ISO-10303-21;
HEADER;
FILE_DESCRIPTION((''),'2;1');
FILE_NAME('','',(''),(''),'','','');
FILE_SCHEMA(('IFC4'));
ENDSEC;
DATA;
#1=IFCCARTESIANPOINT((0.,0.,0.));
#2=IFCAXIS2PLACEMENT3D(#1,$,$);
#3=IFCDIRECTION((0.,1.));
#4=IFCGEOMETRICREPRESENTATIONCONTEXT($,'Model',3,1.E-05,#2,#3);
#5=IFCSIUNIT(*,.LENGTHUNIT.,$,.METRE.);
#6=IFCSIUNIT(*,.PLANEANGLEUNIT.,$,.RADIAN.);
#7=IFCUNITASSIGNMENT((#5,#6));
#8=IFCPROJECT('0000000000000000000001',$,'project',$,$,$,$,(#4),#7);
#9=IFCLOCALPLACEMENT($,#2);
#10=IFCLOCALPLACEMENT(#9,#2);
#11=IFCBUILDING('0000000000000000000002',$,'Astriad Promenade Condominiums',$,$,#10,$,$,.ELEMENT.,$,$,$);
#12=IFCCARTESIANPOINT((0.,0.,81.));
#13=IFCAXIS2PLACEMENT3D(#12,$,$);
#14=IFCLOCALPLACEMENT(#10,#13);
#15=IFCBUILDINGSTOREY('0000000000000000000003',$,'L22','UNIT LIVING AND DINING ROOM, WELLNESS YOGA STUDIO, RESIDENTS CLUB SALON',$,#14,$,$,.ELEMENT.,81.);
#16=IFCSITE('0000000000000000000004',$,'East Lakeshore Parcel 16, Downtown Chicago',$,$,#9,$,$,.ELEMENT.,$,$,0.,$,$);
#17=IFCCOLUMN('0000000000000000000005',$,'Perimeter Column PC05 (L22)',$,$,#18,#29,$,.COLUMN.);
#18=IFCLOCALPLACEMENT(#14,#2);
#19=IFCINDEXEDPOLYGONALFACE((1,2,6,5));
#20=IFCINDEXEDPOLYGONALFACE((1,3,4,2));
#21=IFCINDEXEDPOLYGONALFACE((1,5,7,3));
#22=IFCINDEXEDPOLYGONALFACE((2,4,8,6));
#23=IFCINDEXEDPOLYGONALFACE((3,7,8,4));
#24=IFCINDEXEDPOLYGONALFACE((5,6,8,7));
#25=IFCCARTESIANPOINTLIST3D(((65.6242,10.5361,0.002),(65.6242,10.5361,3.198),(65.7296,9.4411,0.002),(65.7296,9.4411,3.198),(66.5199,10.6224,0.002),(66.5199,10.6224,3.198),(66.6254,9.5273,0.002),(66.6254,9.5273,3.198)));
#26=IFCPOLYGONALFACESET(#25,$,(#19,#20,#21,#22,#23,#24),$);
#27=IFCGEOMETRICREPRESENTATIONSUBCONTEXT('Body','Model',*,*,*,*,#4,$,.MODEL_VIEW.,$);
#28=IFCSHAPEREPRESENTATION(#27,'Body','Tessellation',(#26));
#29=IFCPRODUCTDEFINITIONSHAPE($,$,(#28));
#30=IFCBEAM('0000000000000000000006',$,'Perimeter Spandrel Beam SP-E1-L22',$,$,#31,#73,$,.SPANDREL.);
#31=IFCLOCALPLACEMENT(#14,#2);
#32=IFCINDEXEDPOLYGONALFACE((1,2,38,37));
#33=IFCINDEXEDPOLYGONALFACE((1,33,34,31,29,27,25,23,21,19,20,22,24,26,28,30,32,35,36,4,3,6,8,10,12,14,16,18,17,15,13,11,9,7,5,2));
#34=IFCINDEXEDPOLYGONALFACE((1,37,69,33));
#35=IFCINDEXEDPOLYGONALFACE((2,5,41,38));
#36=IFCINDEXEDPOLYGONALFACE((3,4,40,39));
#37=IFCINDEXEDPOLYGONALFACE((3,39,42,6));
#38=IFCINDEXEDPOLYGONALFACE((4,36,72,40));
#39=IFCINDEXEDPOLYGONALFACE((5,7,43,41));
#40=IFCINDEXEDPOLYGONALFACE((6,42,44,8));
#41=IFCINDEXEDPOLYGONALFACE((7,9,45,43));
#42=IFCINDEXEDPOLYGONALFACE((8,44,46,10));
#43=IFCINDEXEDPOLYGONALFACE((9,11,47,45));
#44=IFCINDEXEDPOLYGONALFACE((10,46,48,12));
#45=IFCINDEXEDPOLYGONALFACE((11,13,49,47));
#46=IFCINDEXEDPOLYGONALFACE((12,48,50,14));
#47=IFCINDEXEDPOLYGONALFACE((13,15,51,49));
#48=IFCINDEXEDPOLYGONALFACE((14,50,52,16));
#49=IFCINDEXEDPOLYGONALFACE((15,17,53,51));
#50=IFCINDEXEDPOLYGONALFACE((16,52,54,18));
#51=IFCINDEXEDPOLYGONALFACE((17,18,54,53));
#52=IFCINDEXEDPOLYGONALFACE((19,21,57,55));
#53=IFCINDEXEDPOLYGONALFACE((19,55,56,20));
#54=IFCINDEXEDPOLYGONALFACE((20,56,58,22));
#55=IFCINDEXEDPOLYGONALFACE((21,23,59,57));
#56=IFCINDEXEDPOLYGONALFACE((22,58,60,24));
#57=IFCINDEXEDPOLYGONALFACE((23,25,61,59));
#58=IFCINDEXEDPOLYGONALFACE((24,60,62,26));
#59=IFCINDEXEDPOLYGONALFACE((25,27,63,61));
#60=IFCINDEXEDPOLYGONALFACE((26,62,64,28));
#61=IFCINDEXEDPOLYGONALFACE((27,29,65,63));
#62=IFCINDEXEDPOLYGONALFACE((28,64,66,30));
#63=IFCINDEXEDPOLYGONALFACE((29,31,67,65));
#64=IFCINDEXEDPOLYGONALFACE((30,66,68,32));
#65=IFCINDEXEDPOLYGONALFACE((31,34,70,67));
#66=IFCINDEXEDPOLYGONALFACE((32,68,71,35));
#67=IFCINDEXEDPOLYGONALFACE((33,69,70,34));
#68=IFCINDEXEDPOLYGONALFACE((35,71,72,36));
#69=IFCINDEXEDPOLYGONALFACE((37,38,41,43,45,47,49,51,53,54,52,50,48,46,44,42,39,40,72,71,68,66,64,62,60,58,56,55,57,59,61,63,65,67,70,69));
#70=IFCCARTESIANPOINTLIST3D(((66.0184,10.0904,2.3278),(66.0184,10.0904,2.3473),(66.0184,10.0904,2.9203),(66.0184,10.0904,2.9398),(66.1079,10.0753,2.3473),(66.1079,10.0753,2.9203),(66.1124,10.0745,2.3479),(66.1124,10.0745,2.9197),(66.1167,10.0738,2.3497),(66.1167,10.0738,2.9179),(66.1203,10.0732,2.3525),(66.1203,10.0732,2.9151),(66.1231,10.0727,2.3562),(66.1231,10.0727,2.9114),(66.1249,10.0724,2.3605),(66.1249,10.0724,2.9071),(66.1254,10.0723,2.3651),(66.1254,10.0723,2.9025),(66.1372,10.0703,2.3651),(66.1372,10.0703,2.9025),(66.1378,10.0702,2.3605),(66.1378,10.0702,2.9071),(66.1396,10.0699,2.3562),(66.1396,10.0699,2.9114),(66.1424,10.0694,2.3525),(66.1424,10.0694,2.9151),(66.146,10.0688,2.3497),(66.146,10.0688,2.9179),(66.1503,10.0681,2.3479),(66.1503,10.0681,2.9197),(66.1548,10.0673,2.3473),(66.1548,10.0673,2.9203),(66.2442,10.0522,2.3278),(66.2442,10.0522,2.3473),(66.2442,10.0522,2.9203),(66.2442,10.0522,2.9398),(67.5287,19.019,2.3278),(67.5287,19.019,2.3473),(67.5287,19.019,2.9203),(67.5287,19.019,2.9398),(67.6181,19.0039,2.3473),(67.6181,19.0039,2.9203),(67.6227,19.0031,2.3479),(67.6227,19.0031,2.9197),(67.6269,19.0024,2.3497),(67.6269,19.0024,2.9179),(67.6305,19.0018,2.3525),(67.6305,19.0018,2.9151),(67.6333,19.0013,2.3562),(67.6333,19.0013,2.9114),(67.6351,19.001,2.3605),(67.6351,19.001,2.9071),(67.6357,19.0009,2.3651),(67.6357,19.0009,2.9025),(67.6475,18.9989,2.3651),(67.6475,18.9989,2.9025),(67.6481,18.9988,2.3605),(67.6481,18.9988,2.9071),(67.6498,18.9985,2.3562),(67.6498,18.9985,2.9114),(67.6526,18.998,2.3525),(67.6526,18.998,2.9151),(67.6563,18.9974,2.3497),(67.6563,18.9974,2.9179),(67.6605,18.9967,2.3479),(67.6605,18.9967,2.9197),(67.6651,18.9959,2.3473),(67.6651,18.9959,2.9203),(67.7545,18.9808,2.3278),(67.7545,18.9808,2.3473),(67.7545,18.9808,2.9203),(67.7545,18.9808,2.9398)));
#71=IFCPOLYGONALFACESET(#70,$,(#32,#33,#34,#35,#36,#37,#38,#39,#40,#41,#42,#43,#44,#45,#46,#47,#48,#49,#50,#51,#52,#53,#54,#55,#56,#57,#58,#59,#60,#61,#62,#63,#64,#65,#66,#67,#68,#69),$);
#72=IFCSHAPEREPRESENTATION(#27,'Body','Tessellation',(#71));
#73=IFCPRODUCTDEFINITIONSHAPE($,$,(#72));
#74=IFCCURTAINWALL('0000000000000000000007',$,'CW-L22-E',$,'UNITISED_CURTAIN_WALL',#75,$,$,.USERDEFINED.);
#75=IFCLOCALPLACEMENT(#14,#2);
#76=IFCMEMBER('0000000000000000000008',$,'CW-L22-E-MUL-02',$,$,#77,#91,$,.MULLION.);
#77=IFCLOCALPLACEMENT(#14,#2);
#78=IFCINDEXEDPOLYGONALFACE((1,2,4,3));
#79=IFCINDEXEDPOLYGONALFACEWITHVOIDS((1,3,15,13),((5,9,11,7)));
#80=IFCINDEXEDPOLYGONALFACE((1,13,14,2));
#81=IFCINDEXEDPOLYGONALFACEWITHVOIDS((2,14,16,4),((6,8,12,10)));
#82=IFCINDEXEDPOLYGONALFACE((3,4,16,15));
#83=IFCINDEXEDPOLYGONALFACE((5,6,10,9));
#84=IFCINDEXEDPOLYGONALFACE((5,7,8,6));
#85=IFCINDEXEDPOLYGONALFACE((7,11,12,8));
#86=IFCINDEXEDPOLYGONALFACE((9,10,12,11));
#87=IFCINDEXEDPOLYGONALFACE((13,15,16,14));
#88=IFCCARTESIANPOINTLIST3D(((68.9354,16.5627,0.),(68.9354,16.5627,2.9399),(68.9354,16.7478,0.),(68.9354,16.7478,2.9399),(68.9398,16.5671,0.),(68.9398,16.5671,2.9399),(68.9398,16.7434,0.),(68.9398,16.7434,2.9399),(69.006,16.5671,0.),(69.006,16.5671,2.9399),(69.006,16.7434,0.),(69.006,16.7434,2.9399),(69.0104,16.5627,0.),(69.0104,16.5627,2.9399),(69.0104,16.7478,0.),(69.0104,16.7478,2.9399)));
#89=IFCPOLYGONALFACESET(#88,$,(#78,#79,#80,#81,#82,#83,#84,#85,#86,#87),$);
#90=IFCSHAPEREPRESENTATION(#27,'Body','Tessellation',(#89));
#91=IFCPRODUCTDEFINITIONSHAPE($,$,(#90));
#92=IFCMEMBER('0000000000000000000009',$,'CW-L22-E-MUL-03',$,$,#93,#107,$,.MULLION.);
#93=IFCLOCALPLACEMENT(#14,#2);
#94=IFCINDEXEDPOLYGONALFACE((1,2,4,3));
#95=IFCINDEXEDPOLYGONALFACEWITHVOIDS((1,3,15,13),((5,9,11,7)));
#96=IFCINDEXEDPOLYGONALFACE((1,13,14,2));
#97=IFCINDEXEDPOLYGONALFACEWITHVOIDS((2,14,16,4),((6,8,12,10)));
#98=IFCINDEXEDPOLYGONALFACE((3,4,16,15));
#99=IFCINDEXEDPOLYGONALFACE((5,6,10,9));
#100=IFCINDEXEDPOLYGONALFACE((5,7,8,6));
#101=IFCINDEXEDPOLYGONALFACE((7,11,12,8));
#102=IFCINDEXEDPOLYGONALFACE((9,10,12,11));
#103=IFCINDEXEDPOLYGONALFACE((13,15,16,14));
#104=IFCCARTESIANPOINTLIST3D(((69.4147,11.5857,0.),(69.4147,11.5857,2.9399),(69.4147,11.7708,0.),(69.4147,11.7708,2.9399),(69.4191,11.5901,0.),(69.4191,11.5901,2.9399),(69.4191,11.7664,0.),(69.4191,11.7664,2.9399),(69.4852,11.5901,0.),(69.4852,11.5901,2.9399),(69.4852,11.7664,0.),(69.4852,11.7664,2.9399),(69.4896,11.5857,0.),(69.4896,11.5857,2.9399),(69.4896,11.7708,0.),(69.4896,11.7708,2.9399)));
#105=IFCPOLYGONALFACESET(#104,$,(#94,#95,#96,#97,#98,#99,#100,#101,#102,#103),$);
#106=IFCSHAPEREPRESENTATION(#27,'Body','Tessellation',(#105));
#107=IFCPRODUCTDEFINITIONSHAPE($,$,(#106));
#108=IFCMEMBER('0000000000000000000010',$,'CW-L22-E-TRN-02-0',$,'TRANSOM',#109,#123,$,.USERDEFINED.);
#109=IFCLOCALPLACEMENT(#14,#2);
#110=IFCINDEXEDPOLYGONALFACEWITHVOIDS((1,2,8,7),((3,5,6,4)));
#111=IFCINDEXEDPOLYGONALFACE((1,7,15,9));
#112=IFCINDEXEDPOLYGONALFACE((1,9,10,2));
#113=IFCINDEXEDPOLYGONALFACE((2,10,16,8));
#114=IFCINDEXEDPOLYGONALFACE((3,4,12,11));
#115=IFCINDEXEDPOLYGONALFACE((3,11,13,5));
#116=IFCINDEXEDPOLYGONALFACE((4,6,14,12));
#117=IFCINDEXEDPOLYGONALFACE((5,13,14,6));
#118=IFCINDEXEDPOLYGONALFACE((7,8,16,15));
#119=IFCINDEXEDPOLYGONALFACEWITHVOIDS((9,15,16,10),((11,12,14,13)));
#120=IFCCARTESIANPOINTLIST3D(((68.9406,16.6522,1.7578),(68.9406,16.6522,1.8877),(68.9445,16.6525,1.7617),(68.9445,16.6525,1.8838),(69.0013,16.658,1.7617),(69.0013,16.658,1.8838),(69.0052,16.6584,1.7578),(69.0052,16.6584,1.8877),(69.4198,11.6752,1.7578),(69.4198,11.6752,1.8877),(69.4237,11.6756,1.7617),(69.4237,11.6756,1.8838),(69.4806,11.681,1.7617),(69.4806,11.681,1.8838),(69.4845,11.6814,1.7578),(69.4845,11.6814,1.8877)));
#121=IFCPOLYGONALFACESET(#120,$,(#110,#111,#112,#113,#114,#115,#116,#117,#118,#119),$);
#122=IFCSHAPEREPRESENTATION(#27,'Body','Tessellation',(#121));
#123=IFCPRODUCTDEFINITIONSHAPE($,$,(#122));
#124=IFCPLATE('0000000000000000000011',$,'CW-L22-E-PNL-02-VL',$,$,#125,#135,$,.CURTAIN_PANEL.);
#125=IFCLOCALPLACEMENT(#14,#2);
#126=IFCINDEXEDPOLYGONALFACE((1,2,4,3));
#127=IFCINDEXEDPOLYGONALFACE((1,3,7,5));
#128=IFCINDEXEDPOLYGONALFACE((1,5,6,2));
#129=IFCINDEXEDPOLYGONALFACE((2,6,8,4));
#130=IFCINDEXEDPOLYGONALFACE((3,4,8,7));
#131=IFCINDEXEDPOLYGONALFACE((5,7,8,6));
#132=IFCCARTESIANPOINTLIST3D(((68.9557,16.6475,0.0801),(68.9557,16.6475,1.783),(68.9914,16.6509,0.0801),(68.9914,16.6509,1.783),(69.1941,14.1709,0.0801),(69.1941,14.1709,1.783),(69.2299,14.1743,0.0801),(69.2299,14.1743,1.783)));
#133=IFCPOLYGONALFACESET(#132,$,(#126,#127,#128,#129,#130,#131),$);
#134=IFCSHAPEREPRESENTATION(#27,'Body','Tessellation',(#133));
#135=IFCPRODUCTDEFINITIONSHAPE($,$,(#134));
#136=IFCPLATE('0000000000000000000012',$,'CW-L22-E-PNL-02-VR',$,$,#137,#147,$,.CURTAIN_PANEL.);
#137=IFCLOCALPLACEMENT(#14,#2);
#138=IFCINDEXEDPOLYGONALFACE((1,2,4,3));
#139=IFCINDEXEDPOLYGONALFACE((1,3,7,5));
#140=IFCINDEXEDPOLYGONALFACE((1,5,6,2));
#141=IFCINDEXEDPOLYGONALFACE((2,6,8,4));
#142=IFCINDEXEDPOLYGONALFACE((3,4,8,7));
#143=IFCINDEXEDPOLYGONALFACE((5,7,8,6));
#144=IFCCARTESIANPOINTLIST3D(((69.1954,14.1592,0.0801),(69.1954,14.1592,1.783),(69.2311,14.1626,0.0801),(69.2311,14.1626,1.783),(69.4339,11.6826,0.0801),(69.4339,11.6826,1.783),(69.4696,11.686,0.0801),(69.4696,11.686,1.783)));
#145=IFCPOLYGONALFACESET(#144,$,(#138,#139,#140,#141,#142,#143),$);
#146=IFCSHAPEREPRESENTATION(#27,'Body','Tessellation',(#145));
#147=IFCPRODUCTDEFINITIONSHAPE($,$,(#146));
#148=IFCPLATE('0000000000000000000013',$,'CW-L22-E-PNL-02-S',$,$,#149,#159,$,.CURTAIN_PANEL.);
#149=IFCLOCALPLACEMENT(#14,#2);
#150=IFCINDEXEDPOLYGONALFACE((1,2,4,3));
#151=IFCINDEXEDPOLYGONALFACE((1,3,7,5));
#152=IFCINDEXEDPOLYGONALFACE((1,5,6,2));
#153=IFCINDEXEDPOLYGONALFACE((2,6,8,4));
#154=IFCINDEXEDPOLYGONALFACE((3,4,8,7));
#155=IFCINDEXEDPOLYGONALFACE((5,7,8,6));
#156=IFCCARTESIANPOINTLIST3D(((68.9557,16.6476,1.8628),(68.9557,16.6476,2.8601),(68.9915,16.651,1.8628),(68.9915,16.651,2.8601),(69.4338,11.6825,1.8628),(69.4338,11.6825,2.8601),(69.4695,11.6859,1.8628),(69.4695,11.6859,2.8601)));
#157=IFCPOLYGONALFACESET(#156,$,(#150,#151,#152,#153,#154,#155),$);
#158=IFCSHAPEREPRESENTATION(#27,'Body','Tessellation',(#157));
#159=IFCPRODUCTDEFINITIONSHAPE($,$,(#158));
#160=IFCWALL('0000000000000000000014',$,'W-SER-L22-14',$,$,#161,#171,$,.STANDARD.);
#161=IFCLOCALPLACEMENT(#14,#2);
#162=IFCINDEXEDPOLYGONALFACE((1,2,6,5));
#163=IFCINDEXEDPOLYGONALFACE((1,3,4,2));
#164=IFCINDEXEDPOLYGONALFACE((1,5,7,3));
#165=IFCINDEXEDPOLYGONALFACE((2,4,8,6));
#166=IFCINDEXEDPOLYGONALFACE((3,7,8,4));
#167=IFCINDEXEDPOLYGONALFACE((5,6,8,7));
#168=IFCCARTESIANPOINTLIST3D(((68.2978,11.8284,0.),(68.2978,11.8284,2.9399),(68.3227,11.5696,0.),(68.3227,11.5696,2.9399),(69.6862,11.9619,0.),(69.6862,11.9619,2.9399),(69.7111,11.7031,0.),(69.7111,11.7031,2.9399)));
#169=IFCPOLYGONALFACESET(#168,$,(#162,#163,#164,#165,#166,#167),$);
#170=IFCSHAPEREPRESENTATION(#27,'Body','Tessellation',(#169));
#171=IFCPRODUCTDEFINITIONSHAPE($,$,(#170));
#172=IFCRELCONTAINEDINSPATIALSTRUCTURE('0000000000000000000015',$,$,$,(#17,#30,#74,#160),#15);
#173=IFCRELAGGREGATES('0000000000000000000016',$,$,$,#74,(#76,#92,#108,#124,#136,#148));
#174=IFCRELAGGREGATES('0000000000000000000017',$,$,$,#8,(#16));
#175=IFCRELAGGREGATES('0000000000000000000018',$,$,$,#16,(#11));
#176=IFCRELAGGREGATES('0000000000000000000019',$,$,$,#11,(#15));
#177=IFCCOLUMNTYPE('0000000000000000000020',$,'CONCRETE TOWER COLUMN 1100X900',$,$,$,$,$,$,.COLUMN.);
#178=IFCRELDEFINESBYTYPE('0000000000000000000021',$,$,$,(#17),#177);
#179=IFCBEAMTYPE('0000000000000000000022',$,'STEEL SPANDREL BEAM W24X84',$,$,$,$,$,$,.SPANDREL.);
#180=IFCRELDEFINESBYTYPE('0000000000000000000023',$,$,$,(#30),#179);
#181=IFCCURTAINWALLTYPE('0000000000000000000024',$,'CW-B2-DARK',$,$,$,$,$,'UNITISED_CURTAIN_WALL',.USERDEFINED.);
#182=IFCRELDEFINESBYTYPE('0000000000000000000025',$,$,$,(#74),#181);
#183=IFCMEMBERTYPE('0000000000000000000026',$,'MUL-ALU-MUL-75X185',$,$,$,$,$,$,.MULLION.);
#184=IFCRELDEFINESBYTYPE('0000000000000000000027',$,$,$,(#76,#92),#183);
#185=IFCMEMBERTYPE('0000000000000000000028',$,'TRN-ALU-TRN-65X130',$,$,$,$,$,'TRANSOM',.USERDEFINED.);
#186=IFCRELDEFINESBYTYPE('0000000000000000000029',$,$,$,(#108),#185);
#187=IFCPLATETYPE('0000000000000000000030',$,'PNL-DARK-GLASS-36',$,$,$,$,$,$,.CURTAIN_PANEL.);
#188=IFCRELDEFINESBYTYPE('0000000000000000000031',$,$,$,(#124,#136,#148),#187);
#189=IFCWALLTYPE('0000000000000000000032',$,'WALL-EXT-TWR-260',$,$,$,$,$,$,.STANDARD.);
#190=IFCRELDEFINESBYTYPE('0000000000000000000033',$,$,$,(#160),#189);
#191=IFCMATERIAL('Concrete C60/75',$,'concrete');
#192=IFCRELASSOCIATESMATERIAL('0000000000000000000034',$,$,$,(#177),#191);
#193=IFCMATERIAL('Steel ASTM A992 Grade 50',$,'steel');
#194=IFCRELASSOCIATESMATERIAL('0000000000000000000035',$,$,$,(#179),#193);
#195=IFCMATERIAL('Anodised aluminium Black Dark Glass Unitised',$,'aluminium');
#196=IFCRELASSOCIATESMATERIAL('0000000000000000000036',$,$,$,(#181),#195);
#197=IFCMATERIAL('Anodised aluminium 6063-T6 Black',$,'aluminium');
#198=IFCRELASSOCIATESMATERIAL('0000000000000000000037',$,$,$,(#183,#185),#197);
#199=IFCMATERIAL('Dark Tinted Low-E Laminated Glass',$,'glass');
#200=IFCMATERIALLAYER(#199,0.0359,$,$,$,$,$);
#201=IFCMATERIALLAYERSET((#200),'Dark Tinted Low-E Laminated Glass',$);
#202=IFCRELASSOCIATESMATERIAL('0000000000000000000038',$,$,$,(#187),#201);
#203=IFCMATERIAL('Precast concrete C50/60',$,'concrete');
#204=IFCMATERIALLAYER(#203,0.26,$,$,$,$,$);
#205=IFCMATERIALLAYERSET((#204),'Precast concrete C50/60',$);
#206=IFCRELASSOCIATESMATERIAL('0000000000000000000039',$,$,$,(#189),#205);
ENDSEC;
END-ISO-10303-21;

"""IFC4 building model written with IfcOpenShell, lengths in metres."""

from ifc_helpers import new_model, si_unit, direction, frame, frame_2d, origin, origin_2d, place, context, subcontext, project, spatial, rectangle, hollow_rectangle, i_section, extrude, source, transform, mapped, material, layer, layer_set, material_profile, profile_set, type_object, type_shapes, element, aggregate, save


model = new_model("IFC4")

# Units and contexts
model_context = context("Model", 3, precision=1e-05, world=origin(), true_north=direction((0.0, 1.0)))
body_context = subcontext(model_context, "Body", "Model", "MODEL_VIEW")
ifc_project = project(units=[si_unit("LENGTHUNIT", "METRE"), si_unit("PLANEANGLEUNIT", "RADIAN")], contexts=[model_context])

# Site, building, storey
site_placement = place(None, origin())
site = spatial("IfcSite", under=ifc_project, at=site_placement, Name="East Lakeshore Parcel 16, Downtown Chicago", CompositionType="ELEMENT", RefElevation=0.0)
building_placement = place(site_placement, origin())
building = spatial("IfcBuilding", under=site, at=building_placement, Name="Astriad Promenade Condominiums", CompositionType="ELEMENT")
storey_placement = place(building_placement, frame((0.0, 0.0, 81.0)))
storey = spatial("IfcBuildingStorey", under=building, at=storey_placement, Name="L22", Description="UNIT LIVING AND DINING ROOM, WELLNESS YOGA STUDIO, RESIDENTS CLUB SALON", CompositionType="ELEMENT", Elevation=81.0)

# Column
ifc_material_1 = material(Name="Concrete C60/75", Category="concrete")
ifc_material_profile_1 = material_profile(ifc_material_1, rectangle(XDim=0.8999, YDim=1.1001, at=origin_2d()), Name="RC-COL-1100X900")
ifc_profile_set_1 = profile_set([ifc_material_profile_1], Name="Concrete C60/75")
column_type = type_object("IfcColumnType", Name="CONCRETE TOWER COLUMN 1100X900", PredefinedType="COLUMN", material=ifc_profile_set_1)
shared_shape_1 = source(origin(), body_context, "Body", "SweptSolid", [
    extrude(rectangle(XDim=0.8999, YDim=1.1001, at=origin_2d()), origin(), (0.0, 0.0, 1.0), 3.196),
])
type_shapes(column_type, [shared_shape_1])
column_placement = place(storey_placement, frame((66.1248, 10.0317, 0.002), z_axis=(0.0, 0.0, 1.0), x_axis=(0.995396, 0.095846, 0.0)))
element("IfcColumn", 1, at=column_placement, inside=storey, type_object=column_type, Name="Perimeter Column PC05 (L22)", PredefinedType="COLUMN", context=body_context, shape_type="MappedRepresentation", body=[
    mapped(shared_shape_1, transform((0.0, 0.0, 0.0), scale=1.0)),
])

# Beam
ifc_material_2 = material(Name="Steel ASTM A992 Grade 50", Category="steel")
ifc_material_profile_2 = material_profile(ifc_material_2, i_section(OverallWidth=0.229, OverallDepth=0.6121, WebThickness=0.012, FlangeThickness=0.0195, FilletRadius=0.0178, at=origin_2d()), Name="W24X84")
ifc_profile_set_2 = profile_set([ifc_material_profile_2], Name="Steel ASTM A992 Grade 50")
beam_type = type_object("IfcBeamType", Name="STEEL SPANDREL BEAM W24X84", PredefinedType="SPANDREL", material=ifc_profile_set_2)
shared_shape_2 = source(origin(), body_context, "Body", "SweptSolid", [
    extrude(i_section(OverallWidth=0.229, OverallDepth=0.6121, WebThickness=0.012, FlangeThickness=0.0195, FilletRadius=0.0178, at=origin_2d()), origin(), (0.0, 0.0, 1.0), 9.0554),
])
type_shapes(beam_type, [shared_shape_2])
beam_placement = place(storey_placement, frame((66.1313, 10.0713, 2.6338), z_axis=(0.166777, 0.985995, 0.0), x_axis=(-0.985995, 0.166777, 0.0)))
element("IfcBeam", 2, at=beam_placement, inside=storey, type_object=beam_type, Name="Perimeter Spandrel Beam SP-E1-L22", PredefinedType="SPANDREL", context=body_context, shape_type="MappedRepresentation", body=[
    mapped(shared_shape_2, transform((0.0, 0.0, 0.0), scale=1.0)),
])

# Curtain wall, members, plates
ifc_material_3 = material(Name="Anodised aluminium Black Dark Glass Unitised", Category="aluminium")
curtain_wall_type = type_object("IfcCurtainWallType", Name="CW-B2-DARK", ElementType="UNITISED_CURTAIN_WALL", PredefinedType="USERDEFINED", material=ifc_material_3)
curtain_wall_placement = place(storey_placement, origin())
curtain_wall = element("IfcCurtainWall", 3, at=curtain_wall_placement, inside=storey, type_object=curtain_wall_type, Name="CW-L22-E", ObjectType="UNITISED_CURTAIN_WALL", PredefinedType="USERDEFINED")
ifc_material_4 = material(Name="Anodised aluminium 6063-T6 Black", Category="aluminium")
ifc_material_profile_3 = material_profile(ifc_material_4, hollow_rectangle(XDim=0.075, YDim=0.1851, WallThickness=0.0044, at=origin_2d()), Name="ALU-MUL-75X185")
ifc_profile_set_3 = profile_set([ifc_material_profile_3], Name="Anodised aluminium 6063-T6 Black")
member_type_1 = type_object("IfcMemberType", Name="MUL-ALU-MUL-75X185", PredefinedType="MULLION", material=ifc_profile_set_3)
shared_shape_3 = source(origin(), body_context, "Body", "SweptSolid", [
    extrude(hollow_rectangle(XDim=0.075, YDim=0.1851, WallThickness=0.0044, at=origin_2d()), origin(), (0.0, 0.0, 1.0), 2.9399),
])
type_shapes(member_type_1, [shared_shape_3])
member_1_placement = place(storey_placement, frame((68.9729, 16.6553, 0.0), z_axis=(0.0, 0.0, 1.0), x_axis=(1.0, 0.0, 0.0)))
member_1 = element("IfcMember", 4, at=member_1_placement, type_object=member_type_1, Name="CW-L22-E-MUL-02", PredefinedType="MULLION", context=body_context, shape_type="MappedRepresentation", body=[
    mapped(shared_shape_3, transform((0.0, 0.0, 0.0), scale=1.0)),
])
member_2_placement = place(storey_placement, frame((69.4521, 11.6782, 0.0), z_axis=(0.0, 0.0, 1.0), x_axis=(1.0, 0.0, 0.0)))
member_2 = element("IfcMember", 5, at=member_2_placement, type_object=member_type_1, Name="CW-L22-E-MUL-03", PredefinedType="MULLION", context=body_context, shape_type="MappedRepresentation", body=[
    mapped(shared_shape_3, transform((0.0, 0.0, 0.0), scale=1.0)),
])
ifc_material_profile_4 = material_profile(ifc_material_4, hollow_rectangle(XDim=0.0649, YDim=0.1299, WallThickness=0.0039, at=origin_2d()), Name="ALU-TRN-65X130")
ifc_profile_set_4 = profile_set([ifc_material_profile_4], Name="Anodised aluminium 6063-T6 Black")
member_type_2 = type_object("IfcMemberType", Name="TRN-ALU-TRN-65X130", ElementType="TRANSOM", PredefinedType="USERDEFINED", material=ifc_profile_set_4)
shared_shape_4 = source(origin(), body_context, "Body", "SweptSolid", [
    extrude(hollow_rectangle(XDim=0.0649, YDim=0.1299, WallThickness=0.0039, at=origin_2d()), origin(), (0.0, 0.0, 1.0), 5.0),
])
type_shapes(member_type_2, [shared_shape_4])
member_3_placement = place(storey_placement, frame((68.9729, 16.6553, 1.8228), z_axis=(0.095848, -0.995396, 0.0), x_axis=(0.995396, 0.095848, 0.0)))
member_3 = element("IfcMember", 6, at=member_3_placement, type_object=member_type_2, Name="CW-L22-E-TRN-02-0", ObjectType="TRANSOM", PredefinedType="USERDEFINED", context=body_context, shape_type="MappedRepresentation", body=[
    mapped(shared_shape_4, transform((0.0, 0.0, 0.0), scale=1.0)),
])
ifc_material_5 = material(Name="Dark Tinted Low-E Laminated Glass", Category="glass")
ifc_layer_1 = layer(ifc_material_5, 0.0359)
ifc_layer_set_1 = layer_set([ifc_layer_1], Name="Dark Tinted Low-E Laminated Glass")
plate_type = type_object("IfcPlateType", Name="PNL-DARK-GLASS-36", PredefinedType="CURTAIN_PANEL", material=ifc_layer_set_1)
shared_shape_5 = source(origin(), body_context, "Body", "SweptSolid", [
    extrude(rectangle(XDim=2.488, YDim=0.0359, at=origin_2d()), origin(), (0.0, 0.0, 1.0), 1.7029),
])
plate_1_placement = place(storey_placement, frame((69.0928, 15.4109, 0.0801), z_axis=(0.0, 0.0, 1.0), x_axis=(0.095846, -0.995396, 0.0)))
plate_1 = element("IfcPlate", 7, at=plate_1_placement, type_object=plate_type, Name="CW-L22-E-PNL-02-VL", PredefinedType="CURTAIN_PANEL", context=body_context, shape_type="MappedRepresentation", body=[
    mapped(shared_shape_5, transform((0.0, 0.0, 0.0), scale=1.0)),
])
plate_2_placement = place(storey_placement, frame((69.3325, 12.9226, 0.0801), z_axis=(0.0, 0.0, 1.0), x_axis=(0.095846, -0.995396, 0.0)))
plate_2 = element("IfcPlate", 8, at=plate_2_placement, type_object=plate_type, Name="CW-L22-E-PNL-02-VR", PredefinedType="CURTAIN_PANEL", context=body_context, shape_type="MappedRepresentation", body=[
    mapped(shared_shape_5, transform((0.0, 0.0, 0.0), scale=1.0)),
])
shared_shape_6 = source(origin(), body_context, "Body", "SweptSolid", [
    extrude(rectangle(XDim=4.988, YDim=0.0359, at=origin_2d()), origin(), (0.0, 0.0, 1.0), 0.9973),
])
type_shapes(plate_type, [shared_shape_5, shared_shape_6])
plate_3_placement = place(storey_placement, frame((69.2126, 14.1667, 1.8628), z_axis=(0.0, 0.0, 1.0), x_axis=(0.095846, -0.995396, 0.0)))
plate_3 = element("IfcPlate", 9, at=plate_3_placement, type_object=plate_type, Name="CW-L22-E-PNL-02-S", PredefinedType="CURTAIN_PANEL", context=body_context, shape_type="MappedRepresentation", body=[
    mapped(shared_shape_6, transform((0.0, 0.0, 0.0), scale=1.0)),
])
aggregate(curtain_wall, [member_1, member_2, member_3, plate_1, plate_2, plate_3])

# Wall
ifc_material_6 = material(Name="Precast concrete C50/60", Category="concrete")
ifc_layer_2 = layer(ifc_material_6, 0.26)
ifc_layer_set_2 = layer_set([ifc_layer_2], Name="Precast concrete C50/60")
wall_type_1 = type_object("IfcWallType", Name="WALL-EXT-TWR-260", PredefinedType="STANDARD", material=ifc_layer_set_2)
for number, where, z_axis, x_axis, name in (
    (10, (69.6985, 11.8325, 0.0), (0.0, 0.0, 1.0), (-0.995406, -0.095742, 0.0), "W-SER-L22-14"),
):
    element("IfcWall", number, at=place(storey_placement, frame(where, z_axis=z_axis, x_axis=x_axis)), inside=storey, type_object=wall_type_1, Name=name, PredefinedType="STANDARD", context=body_context, shape_type="SweptSolid", body=[
        extrude(rectangle(XDim=1.3948, YDim=0.26, at=frame_2d((0.6973, 0.0))), origin(), (0.0, 0.0, 1.0), 2.9399),
    ])

save(model, "model.ifc")
